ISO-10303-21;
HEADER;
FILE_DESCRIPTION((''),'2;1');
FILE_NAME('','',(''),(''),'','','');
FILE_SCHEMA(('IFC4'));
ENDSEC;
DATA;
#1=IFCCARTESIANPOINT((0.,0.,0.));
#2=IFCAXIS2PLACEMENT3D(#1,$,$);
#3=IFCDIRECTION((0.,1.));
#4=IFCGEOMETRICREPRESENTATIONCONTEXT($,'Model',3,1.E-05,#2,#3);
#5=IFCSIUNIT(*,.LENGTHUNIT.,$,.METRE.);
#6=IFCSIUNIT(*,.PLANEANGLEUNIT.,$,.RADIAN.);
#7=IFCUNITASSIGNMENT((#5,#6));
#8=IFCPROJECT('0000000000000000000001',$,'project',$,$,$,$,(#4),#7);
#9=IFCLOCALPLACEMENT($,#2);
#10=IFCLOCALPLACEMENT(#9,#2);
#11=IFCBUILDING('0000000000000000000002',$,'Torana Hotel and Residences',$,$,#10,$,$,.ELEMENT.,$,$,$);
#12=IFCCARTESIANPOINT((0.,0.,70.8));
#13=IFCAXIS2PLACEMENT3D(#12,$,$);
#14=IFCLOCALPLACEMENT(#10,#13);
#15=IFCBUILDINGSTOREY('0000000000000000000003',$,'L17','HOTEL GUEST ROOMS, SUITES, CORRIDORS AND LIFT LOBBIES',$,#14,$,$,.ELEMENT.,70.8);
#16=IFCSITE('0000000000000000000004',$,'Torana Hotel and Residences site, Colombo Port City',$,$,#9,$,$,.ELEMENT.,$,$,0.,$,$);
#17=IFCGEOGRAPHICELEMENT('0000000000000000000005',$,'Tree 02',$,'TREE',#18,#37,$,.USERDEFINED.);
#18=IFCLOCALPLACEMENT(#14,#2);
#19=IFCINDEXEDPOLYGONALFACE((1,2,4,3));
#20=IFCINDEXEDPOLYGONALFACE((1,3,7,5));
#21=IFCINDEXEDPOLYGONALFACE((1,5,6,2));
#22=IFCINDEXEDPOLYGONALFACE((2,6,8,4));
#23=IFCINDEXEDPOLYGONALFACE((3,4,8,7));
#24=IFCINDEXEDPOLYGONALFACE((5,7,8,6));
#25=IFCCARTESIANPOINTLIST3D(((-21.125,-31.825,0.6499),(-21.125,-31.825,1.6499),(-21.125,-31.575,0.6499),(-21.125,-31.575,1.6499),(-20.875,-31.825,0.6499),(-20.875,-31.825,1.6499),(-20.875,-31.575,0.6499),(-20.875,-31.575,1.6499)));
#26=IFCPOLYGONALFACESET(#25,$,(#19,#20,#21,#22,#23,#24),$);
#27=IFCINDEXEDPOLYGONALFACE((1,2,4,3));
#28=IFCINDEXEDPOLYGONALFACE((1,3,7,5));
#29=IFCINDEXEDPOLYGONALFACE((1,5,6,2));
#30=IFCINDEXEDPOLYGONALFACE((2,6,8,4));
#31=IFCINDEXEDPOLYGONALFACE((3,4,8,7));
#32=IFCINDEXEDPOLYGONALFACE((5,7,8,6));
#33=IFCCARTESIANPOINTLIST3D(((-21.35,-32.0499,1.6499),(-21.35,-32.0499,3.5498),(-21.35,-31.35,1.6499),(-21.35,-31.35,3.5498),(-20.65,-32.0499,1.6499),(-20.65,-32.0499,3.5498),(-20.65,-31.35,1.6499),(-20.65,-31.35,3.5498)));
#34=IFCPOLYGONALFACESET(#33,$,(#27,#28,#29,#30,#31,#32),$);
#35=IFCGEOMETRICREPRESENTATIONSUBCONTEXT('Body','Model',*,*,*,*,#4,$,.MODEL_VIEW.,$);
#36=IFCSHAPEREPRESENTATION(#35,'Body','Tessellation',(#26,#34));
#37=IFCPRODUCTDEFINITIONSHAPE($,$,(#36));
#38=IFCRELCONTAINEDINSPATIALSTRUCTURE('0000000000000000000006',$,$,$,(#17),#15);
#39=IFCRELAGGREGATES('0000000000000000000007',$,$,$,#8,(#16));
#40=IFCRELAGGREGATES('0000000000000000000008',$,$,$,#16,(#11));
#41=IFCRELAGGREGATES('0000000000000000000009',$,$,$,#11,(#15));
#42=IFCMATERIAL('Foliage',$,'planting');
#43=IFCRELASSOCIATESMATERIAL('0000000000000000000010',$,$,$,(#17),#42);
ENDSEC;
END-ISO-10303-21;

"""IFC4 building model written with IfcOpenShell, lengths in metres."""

from ifc_helpers import new_model, si_unit, direction, frame, origin, origin_2d, place, context, subcontext, project, spatial, rectangle, extrude, material, element, save


model = new_model("IFC4")

# Units and contexts
model_context = context("Model", 3, precision=1e-05, world=origin(), true_north=direction((0.0, 1.0)))
body_context = subcontext(model_context, "Body", "Model", "MODEL_VIEW")
ifc_project = project(units=[si_unit("LENGTHUNIT", "METRE"), si_unit("PLANEANGLEUNIT", "RADIAN")], contexts=[model_context])

# Site, building, storey
site_placement = place(None, origin())
site = spatial("IfcSite", under=ifc_project, at=site_placement, Name="Torana Hotel and Residences site, Colombo Port City", CompositionType="ELEMENT", RefElevation=0.0)
building_placement = place(site_placement, origin())
building = spatial("IfcBuilding", under=site, at=building_placement, Name="Torana Hotel and Residences", CompositionType="ELEMENT")
storey_placement = place(building_placement, frame((0.0, 0.0, 70.8)))
storey = spatial("IfcBuildingStorey", under=building, at=storey_placement, Name="L17", Description="HOTEL GUEST ROOMS, SUITES, CORRIDORS AND LIFT LOBBIES", CompositionType="ELEMENT", Elevation=70.8)

# Geographic element
ifc_material_1 = material(Name="Foliage", Category="planting")
geographic_element_placement = place(storey_placement, frame((-21.0, -31.7, 0.6499), z_axis=(0.0, 0.0, 1.0), x_axis=(1.0, 0.0, 0.0)))
element("IfcGeographicElement", 1, at=geographic_element_placement, inside=storey, material=ifc_material_1, Name="Tree 02", ObjectType="TREE", PredefinedType="USERDEFINED", context=body_context, shape_type="SweptSolid", body=[
    extrude(rectangle(XDim=0.25, YDim=0.25, at=origin_2d()), origin(), (0.0, 0.0, 1.0), 1.0),
    extrude(rectangle(XDim=0.7, YDim=0.7, at=origin_2d()), frame((0.0, 0.0, 1.0)), (0.0, 0.0, 1.0), 1.8999),
])

save(model, "model.ifc")
